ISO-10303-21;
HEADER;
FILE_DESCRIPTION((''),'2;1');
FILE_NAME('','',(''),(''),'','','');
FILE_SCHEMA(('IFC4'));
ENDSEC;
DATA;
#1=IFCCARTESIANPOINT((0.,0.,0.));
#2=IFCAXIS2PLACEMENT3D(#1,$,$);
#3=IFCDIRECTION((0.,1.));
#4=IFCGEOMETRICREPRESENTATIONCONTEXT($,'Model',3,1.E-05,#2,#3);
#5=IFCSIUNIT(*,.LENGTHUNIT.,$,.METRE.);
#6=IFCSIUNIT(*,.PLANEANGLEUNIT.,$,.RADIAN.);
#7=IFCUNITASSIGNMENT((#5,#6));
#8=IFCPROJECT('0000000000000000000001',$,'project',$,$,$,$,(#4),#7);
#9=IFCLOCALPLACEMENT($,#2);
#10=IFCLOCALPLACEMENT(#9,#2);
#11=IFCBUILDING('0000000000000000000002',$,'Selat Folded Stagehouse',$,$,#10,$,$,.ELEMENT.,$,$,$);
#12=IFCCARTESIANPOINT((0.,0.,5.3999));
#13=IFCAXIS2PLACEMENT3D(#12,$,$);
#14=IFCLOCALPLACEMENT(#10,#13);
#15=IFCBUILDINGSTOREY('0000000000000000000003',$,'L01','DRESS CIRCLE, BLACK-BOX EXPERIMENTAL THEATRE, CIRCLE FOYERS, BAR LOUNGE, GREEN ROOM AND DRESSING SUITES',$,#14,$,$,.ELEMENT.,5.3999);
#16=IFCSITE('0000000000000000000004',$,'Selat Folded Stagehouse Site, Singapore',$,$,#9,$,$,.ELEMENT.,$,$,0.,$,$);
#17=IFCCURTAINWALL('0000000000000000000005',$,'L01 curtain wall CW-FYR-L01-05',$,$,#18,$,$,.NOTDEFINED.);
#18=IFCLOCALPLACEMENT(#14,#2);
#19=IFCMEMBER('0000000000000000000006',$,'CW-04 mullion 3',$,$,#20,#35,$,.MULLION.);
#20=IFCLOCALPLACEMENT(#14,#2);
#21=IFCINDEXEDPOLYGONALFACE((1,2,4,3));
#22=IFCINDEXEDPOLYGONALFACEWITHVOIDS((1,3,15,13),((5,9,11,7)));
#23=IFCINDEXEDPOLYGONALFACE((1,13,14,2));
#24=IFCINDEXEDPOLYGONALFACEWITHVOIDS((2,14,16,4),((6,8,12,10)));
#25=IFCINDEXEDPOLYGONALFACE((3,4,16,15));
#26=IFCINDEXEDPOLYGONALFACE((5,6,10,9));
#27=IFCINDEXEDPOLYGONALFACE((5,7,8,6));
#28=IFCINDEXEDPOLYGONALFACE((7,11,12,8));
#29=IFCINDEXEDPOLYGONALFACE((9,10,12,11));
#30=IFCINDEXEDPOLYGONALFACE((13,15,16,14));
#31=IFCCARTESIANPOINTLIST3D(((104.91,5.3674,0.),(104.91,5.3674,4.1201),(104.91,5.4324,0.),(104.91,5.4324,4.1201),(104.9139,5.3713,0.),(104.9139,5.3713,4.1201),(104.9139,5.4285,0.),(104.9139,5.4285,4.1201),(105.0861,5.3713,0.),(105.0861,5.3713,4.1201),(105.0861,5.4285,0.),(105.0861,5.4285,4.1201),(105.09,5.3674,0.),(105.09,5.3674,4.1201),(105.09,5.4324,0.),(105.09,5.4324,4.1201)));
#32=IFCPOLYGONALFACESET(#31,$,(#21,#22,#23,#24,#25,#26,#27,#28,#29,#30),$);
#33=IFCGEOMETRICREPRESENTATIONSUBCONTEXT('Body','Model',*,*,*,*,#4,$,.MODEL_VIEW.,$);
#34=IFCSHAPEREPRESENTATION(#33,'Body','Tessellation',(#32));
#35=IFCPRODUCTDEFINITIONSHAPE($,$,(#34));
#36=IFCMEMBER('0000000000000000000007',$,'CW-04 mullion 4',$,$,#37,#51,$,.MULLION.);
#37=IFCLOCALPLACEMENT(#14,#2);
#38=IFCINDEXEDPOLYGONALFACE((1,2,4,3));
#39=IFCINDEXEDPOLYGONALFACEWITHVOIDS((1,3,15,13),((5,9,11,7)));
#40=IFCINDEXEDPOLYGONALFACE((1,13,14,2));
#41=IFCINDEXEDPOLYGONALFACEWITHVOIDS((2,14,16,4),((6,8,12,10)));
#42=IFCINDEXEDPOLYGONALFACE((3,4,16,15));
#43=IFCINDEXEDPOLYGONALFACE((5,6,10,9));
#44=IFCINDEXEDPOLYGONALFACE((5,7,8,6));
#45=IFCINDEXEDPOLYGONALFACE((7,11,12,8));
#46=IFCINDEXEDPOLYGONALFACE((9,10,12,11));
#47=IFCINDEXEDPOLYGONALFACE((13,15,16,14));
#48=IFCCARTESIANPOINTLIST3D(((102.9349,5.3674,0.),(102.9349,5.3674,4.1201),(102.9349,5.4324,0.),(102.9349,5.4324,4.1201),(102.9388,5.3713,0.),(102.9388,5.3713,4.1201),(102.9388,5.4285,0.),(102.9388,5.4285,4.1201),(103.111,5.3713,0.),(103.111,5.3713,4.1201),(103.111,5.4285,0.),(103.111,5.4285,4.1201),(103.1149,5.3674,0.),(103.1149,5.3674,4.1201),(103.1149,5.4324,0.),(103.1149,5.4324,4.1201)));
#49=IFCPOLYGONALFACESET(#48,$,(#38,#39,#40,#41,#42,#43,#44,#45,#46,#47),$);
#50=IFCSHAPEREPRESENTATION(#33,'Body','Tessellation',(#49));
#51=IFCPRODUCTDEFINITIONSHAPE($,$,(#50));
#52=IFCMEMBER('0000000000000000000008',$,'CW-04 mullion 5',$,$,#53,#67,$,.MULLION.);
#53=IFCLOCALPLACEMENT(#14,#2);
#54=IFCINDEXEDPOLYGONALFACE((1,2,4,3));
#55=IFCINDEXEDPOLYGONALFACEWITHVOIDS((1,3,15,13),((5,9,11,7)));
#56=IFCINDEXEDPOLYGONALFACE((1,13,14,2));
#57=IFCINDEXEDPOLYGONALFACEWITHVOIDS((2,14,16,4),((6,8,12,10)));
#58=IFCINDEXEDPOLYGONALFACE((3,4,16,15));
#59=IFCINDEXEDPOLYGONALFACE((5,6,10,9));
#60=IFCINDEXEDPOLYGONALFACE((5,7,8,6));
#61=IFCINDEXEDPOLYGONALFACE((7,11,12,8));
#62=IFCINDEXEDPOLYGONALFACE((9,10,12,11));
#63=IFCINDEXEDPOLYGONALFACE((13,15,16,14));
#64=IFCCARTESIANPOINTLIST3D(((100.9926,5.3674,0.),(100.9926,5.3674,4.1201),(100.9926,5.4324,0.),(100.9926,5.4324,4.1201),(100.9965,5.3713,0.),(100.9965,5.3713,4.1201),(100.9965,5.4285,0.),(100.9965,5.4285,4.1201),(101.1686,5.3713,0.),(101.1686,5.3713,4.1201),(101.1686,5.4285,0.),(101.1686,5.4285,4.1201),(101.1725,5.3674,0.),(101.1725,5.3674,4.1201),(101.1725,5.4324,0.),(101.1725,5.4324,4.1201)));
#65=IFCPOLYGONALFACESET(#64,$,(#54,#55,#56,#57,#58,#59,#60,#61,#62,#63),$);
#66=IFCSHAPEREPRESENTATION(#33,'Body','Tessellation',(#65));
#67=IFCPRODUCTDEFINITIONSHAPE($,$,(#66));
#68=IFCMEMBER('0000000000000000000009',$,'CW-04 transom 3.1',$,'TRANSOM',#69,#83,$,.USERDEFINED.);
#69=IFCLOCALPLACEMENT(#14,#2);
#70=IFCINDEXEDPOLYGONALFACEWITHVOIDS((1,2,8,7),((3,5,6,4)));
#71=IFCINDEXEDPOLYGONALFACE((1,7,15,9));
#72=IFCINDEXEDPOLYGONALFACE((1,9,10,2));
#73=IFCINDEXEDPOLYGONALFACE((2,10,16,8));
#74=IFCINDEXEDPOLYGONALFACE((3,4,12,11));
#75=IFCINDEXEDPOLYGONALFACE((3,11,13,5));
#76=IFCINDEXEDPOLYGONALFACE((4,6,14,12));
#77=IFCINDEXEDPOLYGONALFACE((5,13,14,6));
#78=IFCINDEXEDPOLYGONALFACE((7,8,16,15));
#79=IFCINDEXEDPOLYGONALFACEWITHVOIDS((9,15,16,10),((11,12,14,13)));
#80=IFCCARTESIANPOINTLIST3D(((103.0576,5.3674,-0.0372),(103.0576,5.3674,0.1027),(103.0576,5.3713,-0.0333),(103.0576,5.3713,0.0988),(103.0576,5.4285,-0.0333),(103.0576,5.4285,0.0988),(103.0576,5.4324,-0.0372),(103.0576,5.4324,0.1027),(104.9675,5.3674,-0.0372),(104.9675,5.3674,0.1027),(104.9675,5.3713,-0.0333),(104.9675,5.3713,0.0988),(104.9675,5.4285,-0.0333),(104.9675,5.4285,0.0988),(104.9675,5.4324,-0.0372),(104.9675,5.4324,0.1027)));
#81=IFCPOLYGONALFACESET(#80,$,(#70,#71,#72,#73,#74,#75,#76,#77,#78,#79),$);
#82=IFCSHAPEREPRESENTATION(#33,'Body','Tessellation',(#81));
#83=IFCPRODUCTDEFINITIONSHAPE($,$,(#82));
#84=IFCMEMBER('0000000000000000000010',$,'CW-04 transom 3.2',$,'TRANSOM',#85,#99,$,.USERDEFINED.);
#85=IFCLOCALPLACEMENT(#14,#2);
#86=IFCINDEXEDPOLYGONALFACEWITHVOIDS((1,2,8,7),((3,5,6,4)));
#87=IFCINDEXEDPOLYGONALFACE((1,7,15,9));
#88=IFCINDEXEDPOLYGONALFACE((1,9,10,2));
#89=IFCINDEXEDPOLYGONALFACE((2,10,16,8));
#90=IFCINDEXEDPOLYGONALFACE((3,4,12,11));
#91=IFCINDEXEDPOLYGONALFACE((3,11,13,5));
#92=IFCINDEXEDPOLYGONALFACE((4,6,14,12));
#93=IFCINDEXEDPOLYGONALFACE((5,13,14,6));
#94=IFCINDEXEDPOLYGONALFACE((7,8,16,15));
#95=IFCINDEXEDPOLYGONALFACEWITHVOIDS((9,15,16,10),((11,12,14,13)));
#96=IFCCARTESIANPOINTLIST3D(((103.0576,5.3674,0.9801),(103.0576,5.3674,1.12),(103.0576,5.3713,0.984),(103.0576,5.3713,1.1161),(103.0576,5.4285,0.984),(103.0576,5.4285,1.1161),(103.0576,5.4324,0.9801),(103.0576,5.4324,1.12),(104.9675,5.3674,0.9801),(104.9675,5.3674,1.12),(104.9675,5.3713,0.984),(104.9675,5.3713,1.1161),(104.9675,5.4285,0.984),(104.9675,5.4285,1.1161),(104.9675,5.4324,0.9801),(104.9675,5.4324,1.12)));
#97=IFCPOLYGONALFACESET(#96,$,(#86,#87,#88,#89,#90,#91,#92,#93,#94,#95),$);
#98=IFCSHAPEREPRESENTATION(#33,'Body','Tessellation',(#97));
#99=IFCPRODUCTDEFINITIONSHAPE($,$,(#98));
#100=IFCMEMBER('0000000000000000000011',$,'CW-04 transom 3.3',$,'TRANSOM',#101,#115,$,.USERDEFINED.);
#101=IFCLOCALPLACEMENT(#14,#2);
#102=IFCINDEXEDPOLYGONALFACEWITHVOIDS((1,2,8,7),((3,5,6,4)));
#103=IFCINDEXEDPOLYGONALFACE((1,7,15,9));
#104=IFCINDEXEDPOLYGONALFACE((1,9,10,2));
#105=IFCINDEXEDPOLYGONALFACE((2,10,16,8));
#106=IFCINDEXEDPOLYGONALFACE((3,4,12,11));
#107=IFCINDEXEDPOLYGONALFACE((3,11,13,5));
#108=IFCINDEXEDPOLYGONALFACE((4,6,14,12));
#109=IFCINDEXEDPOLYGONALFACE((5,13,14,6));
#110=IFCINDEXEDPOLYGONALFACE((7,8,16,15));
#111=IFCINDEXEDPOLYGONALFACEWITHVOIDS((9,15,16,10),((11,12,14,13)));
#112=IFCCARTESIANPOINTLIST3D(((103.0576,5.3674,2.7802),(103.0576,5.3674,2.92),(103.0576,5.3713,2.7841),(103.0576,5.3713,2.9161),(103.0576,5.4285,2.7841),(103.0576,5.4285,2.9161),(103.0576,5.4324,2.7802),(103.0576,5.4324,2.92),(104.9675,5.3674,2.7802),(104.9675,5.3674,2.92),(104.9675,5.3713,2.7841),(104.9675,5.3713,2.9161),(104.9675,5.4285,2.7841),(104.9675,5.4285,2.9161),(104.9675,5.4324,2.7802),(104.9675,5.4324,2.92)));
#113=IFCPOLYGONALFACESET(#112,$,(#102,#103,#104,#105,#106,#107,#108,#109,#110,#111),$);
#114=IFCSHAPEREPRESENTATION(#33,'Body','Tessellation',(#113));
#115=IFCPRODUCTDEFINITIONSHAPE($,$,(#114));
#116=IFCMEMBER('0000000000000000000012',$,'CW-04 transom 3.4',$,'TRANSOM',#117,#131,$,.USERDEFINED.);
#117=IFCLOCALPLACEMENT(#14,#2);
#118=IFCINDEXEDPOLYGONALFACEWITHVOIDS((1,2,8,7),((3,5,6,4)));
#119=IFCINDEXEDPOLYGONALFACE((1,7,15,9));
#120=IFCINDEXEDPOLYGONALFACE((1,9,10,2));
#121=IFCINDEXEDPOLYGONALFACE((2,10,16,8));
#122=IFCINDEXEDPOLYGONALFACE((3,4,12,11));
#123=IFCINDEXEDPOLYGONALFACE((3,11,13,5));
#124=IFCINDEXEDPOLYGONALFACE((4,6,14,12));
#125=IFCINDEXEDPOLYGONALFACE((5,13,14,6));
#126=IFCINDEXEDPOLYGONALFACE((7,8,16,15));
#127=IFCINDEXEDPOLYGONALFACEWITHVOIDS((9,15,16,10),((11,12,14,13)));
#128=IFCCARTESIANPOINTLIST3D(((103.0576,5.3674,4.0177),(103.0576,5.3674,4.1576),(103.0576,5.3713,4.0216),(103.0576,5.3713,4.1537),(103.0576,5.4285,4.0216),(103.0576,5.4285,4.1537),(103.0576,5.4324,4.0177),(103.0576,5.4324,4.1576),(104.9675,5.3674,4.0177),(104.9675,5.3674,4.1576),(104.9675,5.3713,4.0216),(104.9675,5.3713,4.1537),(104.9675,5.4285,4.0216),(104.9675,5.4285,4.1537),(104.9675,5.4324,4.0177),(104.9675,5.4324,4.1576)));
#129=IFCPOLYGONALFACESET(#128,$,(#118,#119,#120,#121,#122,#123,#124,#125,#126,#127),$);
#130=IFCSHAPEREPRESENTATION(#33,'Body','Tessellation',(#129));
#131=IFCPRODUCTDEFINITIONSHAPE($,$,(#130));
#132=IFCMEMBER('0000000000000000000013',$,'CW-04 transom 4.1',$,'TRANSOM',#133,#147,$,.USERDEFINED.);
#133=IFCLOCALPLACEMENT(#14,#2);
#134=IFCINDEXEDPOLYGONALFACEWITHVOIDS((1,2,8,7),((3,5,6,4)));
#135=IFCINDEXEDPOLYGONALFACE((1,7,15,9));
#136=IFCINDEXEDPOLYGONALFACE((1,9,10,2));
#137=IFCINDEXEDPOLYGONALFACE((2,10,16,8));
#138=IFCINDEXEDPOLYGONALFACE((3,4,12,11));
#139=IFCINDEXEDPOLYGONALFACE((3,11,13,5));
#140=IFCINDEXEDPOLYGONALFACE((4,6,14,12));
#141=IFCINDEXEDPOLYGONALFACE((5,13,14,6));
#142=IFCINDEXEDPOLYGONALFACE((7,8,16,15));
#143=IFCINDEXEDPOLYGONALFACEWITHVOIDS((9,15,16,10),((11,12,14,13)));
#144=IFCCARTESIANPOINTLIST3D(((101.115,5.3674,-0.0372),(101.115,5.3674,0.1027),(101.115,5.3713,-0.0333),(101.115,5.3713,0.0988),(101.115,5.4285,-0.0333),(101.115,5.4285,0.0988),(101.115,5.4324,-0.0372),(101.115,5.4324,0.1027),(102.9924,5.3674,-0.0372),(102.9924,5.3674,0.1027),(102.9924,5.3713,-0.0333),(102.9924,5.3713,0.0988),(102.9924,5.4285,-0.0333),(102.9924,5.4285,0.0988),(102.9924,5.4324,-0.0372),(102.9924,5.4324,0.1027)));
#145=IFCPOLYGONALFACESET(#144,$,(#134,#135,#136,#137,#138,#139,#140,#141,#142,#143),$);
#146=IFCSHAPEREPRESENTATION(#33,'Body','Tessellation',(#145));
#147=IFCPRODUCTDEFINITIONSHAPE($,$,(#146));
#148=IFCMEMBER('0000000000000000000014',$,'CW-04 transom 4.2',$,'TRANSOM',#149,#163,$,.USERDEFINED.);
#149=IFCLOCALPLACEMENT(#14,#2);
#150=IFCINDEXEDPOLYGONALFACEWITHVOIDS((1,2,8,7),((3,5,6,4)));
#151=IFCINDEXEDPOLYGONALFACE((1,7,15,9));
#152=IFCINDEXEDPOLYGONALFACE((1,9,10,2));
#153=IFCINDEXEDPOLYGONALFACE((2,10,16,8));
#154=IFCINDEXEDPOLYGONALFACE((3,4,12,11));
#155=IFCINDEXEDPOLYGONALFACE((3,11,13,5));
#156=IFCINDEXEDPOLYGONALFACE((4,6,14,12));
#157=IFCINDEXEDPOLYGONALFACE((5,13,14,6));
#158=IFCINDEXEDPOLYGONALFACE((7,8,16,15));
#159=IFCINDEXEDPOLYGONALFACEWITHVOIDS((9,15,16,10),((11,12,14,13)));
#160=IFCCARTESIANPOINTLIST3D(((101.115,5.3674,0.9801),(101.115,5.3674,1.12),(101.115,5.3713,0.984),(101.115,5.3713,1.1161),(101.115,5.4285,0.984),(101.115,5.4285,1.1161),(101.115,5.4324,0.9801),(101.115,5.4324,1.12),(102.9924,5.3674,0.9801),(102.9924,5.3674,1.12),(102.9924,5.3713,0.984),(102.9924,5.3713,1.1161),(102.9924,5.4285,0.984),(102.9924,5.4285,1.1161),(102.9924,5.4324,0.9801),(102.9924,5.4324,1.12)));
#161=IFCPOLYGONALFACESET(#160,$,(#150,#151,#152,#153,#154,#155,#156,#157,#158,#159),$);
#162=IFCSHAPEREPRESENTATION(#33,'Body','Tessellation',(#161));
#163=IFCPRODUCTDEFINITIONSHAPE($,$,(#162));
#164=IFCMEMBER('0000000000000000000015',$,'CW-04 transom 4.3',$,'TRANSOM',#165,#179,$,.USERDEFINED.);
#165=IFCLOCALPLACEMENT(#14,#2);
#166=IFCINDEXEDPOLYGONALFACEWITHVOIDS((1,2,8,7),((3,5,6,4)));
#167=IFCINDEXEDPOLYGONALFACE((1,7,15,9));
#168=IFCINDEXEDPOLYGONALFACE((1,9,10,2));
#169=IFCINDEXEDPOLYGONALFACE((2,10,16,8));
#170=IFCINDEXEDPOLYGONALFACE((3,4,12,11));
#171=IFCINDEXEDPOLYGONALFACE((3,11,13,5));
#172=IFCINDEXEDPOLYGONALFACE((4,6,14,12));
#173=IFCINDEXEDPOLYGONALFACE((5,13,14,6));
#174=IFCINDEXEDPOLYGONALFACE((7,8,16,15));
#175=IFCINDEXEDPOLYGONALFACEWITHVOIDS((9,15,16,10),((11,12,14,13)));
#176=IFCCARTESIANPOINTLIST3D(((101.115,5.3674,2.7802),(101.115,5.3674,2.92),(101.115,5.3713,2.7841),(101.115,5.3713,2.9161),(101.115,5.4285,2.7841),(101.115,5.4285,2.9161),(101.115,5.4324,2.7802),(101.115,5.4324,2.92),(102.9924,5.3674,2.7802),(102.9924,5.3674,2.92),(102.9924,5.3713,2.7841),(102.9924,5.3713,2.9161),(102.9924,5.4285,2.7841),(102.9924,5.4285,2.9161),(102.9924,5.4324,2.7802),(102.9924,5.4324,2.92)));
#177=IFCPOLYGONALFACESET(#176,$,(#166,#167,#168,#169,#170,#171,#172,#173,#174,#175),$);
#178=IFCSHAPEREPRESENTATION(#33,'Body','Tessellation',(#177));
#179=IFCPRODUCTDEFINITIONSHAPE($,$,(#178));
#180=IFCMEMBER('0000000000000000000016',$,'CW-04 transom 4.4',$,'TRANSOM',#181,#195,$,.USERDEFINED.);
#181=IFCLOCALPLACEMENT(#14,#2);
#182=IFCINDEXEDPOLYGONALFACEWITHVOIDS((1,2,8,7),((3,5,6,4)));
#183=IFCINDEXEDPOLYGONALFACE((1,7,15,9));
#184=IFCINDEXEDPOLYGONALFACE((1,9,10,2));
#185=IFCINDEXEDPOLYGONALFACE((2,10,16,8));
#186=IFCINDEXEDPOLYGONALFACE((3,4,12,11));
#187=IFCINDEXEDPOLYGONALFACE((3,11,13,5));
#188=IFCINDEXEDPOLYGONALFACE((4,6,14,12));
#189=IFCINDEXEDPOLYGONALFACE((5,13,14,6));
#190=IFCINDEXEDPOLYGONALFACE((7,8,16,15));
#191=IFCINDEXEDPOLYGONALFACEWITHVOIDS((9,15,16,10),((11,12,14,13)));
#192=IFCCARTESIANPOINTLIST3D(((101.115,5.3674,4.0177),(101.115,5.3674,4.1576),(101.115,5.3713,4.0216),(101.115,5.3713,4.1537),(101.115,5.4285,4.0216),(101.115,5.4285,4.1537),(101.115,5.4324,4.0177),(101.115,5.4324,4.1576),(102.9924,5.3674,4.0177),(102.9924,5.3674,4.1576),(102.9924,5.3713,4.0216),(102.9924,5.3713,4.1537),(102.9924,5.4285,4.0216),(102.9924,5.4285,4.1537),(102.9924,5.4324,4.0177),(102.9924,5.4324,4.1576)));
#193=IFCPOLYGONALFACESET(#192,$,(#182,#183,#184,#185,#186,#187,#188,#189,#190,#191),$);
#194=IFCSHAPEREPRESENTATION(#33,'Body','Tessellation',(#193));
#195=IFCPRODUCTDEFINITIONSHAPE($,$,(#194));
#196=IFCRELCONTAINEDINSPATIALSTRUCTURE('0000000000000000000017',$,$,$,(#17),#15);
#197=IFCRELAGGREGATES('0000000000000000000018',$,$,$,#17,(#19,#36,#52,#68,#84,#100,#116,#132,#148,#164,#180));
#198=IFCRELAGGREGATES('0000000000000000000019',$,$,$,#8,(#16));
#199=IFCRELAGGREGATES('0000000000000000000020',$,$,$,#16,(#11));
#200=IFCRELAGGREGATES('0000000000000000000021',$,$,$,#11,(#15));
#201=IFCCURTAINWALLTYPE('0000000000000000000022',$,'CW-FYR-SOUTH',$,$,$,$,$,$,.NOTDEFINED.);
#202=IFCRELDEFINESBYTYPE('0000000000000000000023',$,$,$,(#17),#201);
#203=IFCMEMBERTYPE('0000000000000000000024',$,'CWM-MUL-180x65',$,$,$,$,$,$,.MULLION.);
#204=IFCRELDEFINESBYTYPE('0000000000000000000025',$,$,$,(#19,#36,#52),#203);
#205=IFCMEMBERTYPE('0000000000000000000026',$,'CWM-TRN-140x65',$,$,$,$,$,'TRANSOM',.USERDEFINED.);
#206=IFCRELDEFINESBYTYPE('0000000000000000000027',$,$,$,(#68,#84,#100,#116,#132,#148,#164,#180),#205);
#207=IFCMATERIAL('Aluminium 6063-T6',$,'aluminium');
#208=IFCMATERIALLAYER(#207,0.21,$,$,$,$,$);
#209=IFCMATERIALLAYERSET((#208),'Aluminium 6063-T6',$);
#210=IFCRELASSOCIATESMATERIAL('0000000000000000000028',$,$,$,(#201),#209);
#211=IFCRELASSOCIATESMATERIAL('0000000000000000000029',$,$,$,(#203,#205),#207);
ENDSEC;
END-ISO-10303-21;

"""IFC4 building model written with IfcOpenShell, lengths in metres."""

from ifc_helpers import new_model, si_unit, direction, frame, origin, origin_2d, place, context, subcontext, project, spatial, hollow_rectangle, extrude, material, layer, layer_set, material_profile, profile_set, type_object, element, aggregate, save


model = new_model("IFC4")

# Units and contexts
model_context = context("Model", 3, precision=1e-05, world=origin(), true_north=direction((0.0, 1.0)))
body_context = subcontext(model_context, "Body", "Model", "MODEL_VIEW")
ifc_project = project(units=[si_unit("LENGTHUNIT", "METRE"), si_unit("PLANEANGLEUNIT", "RADIAN")], contexts=[model_context])

# Site, building, storey
site_placement = place(None, origin())
site = spatial("IfcSite", under=ifc_project, at=site_placement, Name="Selat Folded Stagehouse Site, Singapore", CompositionType="ELEMENT", RefElevation=0.0)
building_placement = place(site_placement, origin())
building = spatial("IfcBuilding", under=site, at=building_placement, Name="Selat Folded Stagehouse", CompositionType="ELEMENT")
storey_placement = place(building_placement, frame((0.0, 0.0, 5.3999)))
storey = spatial("IfcBuildingStorey", under=building, at=storey_placement, Name="L01", Description="DRESS CIRCLE, BLACK-BOX EXPERIMENTAL THEATRE, CIRCLE FOYERS, BAR LOUNGE, GREEN ROOM AND DRESSING SUITES", CompositionType="ELEMENT", Elevation=5.3999)

# Curtain wall, members
ifc_material_1 = material(Name="Aluminium 6063-T6", Category="aluminium")
ifc_layer_1 = layer(ifc_material_1, 0.21)
ifc_layer_set_1 = layer_set([ifc_layer_1], Name="Aluminium 6063-T6")
curtain_wall_type = type_object("IfcCurtainWallType", Name="CW-FYR-SOUTH", PredefinedType="NOTDEFINED", material=ifc_layer_set_1)
curtain_wall_placement = place(storey_placement, origin())
curtain_wall = element("IfcCurtainWall", 1, at=curtain_wall_placement, inside=storey, type_object=curtain_wall_type, Name="L01 curtain wall CW-FYR-L01-05", PredefinedType="NOTDEFINED")
ifc_material_profile_1 = material_profile(ifc_material_1, hollow_rectangle(XDim=0.0649, YDim=0.1799, WallThickness=0.0039, at=origin_2d()), Name="ALU 180x65x4.0")
ifc_profile_set_1 = profile_set([ifc_material_profile_1], Name="Aluminium 6063-T6")
member_type_1 = type_object("IfcMemberType", Name="CWM-MUL-180x65", PredefinedType="MULLION", material=ifc_profile_set_1)
member_1_placement = place(storey_placement, frame((105.0, 5.3999, 0.0), z_axis=(0.0, 0.0, 1.0), x_axis=(0.0, -1.0, 0.0)))
member_1 = element("IfcMember", 2, at=member_1_placement, type_object=member_type_1, Name="CW-04 mullion 3", PredefinedType="MULLION", context=body_context, shape_type="SweptSolid", body=[
    extrude(hollow_rectangle(XDim=0.0649, YDim=0.1799, WallThickness=0.0039, at=origin_2d()), origin(), (0.0, 0.0, 1.0), 4.1201),
])
member_2_placement = place(storey_placement, frame((103.0249, 5.3999, 0.0), z_axis=(0.0, 0.0, 1.0), x_axis=(0.0, -1.0, 0.0)))
member_2 = element("IfcMember", 3, at=member_2_placement, type_object=member_type_1, Name="CW-04 mullion 4", PredefinedType="MULLION", context=body_context, shape_type="SweptSolid", body=[
    extrude(hollow_rectangle(XDim=0.0649, YDim=0.1799, WallThickness=0.0039, at=origin_2d()), origin(), (0.0, 0.0, 1.0), 4.1201),
])
member_3_placement = place(storey_placement, frame((101.0825, 5.3999, 0.0), z_axis=(0.0, 0.0, 1.0), x_axis=(0.0, -1.0, 0.0)))
member_3 = element("IfcMember", 4, at=member_3_placement, type_object=member_type_1, Name="CW-04 mullion 5", PredefinedType="MULLION", context=body_context, shape_type="SweptSolid", body=[
    extrude(hollow_rectangle(XDim=0.0649, YDim=0.1799, WallThickness=0.0039, at=origin_2d()), origin(), (0.0, 0.0, 1.0), 4.1201),
])
ifc_material_profile_2 = material_profile(ifc_material_1, hollow_rectangle(XDim=0.0649, YDim=0.1399, WallThickness=0.0039, at=origin_2d()), Name="ALU 140x65x4.0")
ifc_profile_set_2 = profile_set([ifc_material_profile_2], Name="Aluminium 6063-T6")
member_type_2 = type_object("IfcMemberType", Name="CWM-TRN-140x65", ElementType="TRANSOM", PredefinedType="USERDEFINED", material=ifc_profile_set_2)
member_4_placement = place(storey_placement, frame((104.9675, 5.3999, 0.0327), z_axis=(-1.0, 0.0, 0.0), x_axis=(0.0, -1.0, 0.0)))
member_4 = element("IfcMember", 5, at=member_4_placement, type_object=member_type_2, Name="CW-04 transom 3.1", ObjectType="TRANSOM", PredefinedType="USERDEFINED", context=body_context, shape_type="SweptSolid", body=[
    extrude(hollow_rectangle(XDim=0.0649, YDim=0.1399, WallThickness=0.0039, at=origin_2d()), origin(), (0.0, 0.0, 1.0), 1.9099),
])
member_5_placement = place(storey_placement, frame((104.9675, 5.3999, 1.05), z_axis=(-1.0, 0.0, 0.0), x_axis=(0.0, -1.0, 0.0)))
member_5 = element("IfcMember", 6, at=member_5_placement, type_object=member_type_2, Name="CW-04 transom 3.2", ObjectType="TRANSOM", PredefinedType="USERDEFINED", context=body_context, shape_type="SweptSolid", body=[
    extrude(hollow_rectangle(XDim=0.0649, YDim=0.1399, WallThickness=0.0039, at=origin_2d()), origin(), (0.0, 0.0, 1.0), 1.9099),
])
member_6_placement = place(storey_placement, frame((104.9675, 5.3999, 2.8501), z_axis=(-1.0, 0.0, 0.0), x_axis=(0.0, -1.0, 0.0)))
member_6 = element("IfcMember", 7, at=member_6_placement, type_object=member_type_2, Name="CW-04 transom 3.3", ObjectType="TRANSOM", PredefinedType="USERDEFINED", context=body_context, shape_type="SweptSolid", body=[
    extrude(hollow_rectangle(XDim=0.0649, YDim=0.1399, WallThickness=0.0039, at=origin_2d()), origin(), (0.0, 0.0, 1.0), 1.9099),
])
member_7_placement = place(storey_placement, frame((104.9675, 5.3999, 4.0876), z_axis=(-1.0, 0.0, 0.0), x_axis=(0.0, -1.0, 0.0)))
member_7 = element("IfcMember", 8, at=member_7_placement, type_object=member_type_2, Name="CW-04 transom 3.4", ObjectType="TRANSOM", PredefinedType="USERDEFINED", context=body_context, shape_type="SweptSolid", body=[
    extrude(hollow_rectangle(XDim=0.0649, YDim=0.1399, WallThickness=0.0039, at=origin_2d()), origin(), (0.0, 0.0, 1.0), 1.9099),
])
member_8_placement = place(storey_placement, frame((102.9924, 5.3999, 0.0327), z_axis=(-1.0, 0.0, 0.0), x_axis=(0.0, -1.0, 0.0)))
member_8 = element("IfcMember", 9, at=member_8_placement, type_object=member_type_2, Name="CW-04 transom 4.1", ObjectType="TRANSOM", PredefinedType="USERDEFINED", context=body_context, shape_type="SweptSolid", body=[
    extrude(hollow_rectangle(XDim=0.0649, YDim=0.1399, WallThickness=0.0039, at=origin_2d()), origin(), (0.0, 0.0, 1.0), 1.8774),
])
member_9_placement = place(storey_placement, frame((102.9924, 5.3999, 1.05), z_axis=(-1.0, 0.0, 0.0), x_axis=(0.0, -1.0, 0.0)))
member_9 = element("IfcMember", 10, at=member_9_placement, type_object=member_type_2, Name="CW-04 transom 4.2", ObjectType="TRANSOM", PredefinedType="USERDEFINED", context=body_context, shape_type="SweptSolid", body=[
    extrude(hollow_rectangle(XDim=0.0649, YDim=0.1399, WallThickness=0.0039, at=origin_2d()), origin(), (0.0, 0.0, 1.0), 1.8774),
])
member_10_placement = place(storey_placement, frame((102.9924, 5.3999, 2.8501), z_axis=(-1.0, 0.0, 0.0), x_axis=(0.0, -1.0, 0.0)))
member_10 = element("IfcMember", 11, at=member_10_placement, type_object=member_type_2, Name="CW-04 transom 4.3", ObjectType="TRANSOM", PredefinedType="USERDEFINED", context=body_context, shape_type="SweptSolid", body=[
    extrude(hollow_rectangle(XDim=0.0649, YDim=0.1399, WallThickness=0.0039, at=origin_2d()), origin(), (0.0, 0.0, 1.0), 1.8774),
])
member_11_placement = place(storey_placement, frame((102.9924, 5.3999, 4.0876), z_axis=(-1.0, 0.0, 0.0), x_axis=(0.0, -1.0, 0.0)))
member_11 = element("IfcMember", 12, at=member_11_placement, type_object=member_type_2, Name="CW-04 transom 4.4", ObjectType="TRANSOM", PredefinedType="USERDEFINED", context=body_context, shape_type="SweptSolid", body=[
    extrude(hollow_rectangle(XDim=0.0649, YDim=0.1399, WallThickness=0.0039, at=origin_2d()), origin(), (0.0, 0.0, 1.0), 1.8774),
])

aggregate(curtain_wall, [member_1, member_2, member_3, member_4, member_5, member_6, member_7, member_8, member_9, member_10, member_11])

save(model, "model.ifc")
